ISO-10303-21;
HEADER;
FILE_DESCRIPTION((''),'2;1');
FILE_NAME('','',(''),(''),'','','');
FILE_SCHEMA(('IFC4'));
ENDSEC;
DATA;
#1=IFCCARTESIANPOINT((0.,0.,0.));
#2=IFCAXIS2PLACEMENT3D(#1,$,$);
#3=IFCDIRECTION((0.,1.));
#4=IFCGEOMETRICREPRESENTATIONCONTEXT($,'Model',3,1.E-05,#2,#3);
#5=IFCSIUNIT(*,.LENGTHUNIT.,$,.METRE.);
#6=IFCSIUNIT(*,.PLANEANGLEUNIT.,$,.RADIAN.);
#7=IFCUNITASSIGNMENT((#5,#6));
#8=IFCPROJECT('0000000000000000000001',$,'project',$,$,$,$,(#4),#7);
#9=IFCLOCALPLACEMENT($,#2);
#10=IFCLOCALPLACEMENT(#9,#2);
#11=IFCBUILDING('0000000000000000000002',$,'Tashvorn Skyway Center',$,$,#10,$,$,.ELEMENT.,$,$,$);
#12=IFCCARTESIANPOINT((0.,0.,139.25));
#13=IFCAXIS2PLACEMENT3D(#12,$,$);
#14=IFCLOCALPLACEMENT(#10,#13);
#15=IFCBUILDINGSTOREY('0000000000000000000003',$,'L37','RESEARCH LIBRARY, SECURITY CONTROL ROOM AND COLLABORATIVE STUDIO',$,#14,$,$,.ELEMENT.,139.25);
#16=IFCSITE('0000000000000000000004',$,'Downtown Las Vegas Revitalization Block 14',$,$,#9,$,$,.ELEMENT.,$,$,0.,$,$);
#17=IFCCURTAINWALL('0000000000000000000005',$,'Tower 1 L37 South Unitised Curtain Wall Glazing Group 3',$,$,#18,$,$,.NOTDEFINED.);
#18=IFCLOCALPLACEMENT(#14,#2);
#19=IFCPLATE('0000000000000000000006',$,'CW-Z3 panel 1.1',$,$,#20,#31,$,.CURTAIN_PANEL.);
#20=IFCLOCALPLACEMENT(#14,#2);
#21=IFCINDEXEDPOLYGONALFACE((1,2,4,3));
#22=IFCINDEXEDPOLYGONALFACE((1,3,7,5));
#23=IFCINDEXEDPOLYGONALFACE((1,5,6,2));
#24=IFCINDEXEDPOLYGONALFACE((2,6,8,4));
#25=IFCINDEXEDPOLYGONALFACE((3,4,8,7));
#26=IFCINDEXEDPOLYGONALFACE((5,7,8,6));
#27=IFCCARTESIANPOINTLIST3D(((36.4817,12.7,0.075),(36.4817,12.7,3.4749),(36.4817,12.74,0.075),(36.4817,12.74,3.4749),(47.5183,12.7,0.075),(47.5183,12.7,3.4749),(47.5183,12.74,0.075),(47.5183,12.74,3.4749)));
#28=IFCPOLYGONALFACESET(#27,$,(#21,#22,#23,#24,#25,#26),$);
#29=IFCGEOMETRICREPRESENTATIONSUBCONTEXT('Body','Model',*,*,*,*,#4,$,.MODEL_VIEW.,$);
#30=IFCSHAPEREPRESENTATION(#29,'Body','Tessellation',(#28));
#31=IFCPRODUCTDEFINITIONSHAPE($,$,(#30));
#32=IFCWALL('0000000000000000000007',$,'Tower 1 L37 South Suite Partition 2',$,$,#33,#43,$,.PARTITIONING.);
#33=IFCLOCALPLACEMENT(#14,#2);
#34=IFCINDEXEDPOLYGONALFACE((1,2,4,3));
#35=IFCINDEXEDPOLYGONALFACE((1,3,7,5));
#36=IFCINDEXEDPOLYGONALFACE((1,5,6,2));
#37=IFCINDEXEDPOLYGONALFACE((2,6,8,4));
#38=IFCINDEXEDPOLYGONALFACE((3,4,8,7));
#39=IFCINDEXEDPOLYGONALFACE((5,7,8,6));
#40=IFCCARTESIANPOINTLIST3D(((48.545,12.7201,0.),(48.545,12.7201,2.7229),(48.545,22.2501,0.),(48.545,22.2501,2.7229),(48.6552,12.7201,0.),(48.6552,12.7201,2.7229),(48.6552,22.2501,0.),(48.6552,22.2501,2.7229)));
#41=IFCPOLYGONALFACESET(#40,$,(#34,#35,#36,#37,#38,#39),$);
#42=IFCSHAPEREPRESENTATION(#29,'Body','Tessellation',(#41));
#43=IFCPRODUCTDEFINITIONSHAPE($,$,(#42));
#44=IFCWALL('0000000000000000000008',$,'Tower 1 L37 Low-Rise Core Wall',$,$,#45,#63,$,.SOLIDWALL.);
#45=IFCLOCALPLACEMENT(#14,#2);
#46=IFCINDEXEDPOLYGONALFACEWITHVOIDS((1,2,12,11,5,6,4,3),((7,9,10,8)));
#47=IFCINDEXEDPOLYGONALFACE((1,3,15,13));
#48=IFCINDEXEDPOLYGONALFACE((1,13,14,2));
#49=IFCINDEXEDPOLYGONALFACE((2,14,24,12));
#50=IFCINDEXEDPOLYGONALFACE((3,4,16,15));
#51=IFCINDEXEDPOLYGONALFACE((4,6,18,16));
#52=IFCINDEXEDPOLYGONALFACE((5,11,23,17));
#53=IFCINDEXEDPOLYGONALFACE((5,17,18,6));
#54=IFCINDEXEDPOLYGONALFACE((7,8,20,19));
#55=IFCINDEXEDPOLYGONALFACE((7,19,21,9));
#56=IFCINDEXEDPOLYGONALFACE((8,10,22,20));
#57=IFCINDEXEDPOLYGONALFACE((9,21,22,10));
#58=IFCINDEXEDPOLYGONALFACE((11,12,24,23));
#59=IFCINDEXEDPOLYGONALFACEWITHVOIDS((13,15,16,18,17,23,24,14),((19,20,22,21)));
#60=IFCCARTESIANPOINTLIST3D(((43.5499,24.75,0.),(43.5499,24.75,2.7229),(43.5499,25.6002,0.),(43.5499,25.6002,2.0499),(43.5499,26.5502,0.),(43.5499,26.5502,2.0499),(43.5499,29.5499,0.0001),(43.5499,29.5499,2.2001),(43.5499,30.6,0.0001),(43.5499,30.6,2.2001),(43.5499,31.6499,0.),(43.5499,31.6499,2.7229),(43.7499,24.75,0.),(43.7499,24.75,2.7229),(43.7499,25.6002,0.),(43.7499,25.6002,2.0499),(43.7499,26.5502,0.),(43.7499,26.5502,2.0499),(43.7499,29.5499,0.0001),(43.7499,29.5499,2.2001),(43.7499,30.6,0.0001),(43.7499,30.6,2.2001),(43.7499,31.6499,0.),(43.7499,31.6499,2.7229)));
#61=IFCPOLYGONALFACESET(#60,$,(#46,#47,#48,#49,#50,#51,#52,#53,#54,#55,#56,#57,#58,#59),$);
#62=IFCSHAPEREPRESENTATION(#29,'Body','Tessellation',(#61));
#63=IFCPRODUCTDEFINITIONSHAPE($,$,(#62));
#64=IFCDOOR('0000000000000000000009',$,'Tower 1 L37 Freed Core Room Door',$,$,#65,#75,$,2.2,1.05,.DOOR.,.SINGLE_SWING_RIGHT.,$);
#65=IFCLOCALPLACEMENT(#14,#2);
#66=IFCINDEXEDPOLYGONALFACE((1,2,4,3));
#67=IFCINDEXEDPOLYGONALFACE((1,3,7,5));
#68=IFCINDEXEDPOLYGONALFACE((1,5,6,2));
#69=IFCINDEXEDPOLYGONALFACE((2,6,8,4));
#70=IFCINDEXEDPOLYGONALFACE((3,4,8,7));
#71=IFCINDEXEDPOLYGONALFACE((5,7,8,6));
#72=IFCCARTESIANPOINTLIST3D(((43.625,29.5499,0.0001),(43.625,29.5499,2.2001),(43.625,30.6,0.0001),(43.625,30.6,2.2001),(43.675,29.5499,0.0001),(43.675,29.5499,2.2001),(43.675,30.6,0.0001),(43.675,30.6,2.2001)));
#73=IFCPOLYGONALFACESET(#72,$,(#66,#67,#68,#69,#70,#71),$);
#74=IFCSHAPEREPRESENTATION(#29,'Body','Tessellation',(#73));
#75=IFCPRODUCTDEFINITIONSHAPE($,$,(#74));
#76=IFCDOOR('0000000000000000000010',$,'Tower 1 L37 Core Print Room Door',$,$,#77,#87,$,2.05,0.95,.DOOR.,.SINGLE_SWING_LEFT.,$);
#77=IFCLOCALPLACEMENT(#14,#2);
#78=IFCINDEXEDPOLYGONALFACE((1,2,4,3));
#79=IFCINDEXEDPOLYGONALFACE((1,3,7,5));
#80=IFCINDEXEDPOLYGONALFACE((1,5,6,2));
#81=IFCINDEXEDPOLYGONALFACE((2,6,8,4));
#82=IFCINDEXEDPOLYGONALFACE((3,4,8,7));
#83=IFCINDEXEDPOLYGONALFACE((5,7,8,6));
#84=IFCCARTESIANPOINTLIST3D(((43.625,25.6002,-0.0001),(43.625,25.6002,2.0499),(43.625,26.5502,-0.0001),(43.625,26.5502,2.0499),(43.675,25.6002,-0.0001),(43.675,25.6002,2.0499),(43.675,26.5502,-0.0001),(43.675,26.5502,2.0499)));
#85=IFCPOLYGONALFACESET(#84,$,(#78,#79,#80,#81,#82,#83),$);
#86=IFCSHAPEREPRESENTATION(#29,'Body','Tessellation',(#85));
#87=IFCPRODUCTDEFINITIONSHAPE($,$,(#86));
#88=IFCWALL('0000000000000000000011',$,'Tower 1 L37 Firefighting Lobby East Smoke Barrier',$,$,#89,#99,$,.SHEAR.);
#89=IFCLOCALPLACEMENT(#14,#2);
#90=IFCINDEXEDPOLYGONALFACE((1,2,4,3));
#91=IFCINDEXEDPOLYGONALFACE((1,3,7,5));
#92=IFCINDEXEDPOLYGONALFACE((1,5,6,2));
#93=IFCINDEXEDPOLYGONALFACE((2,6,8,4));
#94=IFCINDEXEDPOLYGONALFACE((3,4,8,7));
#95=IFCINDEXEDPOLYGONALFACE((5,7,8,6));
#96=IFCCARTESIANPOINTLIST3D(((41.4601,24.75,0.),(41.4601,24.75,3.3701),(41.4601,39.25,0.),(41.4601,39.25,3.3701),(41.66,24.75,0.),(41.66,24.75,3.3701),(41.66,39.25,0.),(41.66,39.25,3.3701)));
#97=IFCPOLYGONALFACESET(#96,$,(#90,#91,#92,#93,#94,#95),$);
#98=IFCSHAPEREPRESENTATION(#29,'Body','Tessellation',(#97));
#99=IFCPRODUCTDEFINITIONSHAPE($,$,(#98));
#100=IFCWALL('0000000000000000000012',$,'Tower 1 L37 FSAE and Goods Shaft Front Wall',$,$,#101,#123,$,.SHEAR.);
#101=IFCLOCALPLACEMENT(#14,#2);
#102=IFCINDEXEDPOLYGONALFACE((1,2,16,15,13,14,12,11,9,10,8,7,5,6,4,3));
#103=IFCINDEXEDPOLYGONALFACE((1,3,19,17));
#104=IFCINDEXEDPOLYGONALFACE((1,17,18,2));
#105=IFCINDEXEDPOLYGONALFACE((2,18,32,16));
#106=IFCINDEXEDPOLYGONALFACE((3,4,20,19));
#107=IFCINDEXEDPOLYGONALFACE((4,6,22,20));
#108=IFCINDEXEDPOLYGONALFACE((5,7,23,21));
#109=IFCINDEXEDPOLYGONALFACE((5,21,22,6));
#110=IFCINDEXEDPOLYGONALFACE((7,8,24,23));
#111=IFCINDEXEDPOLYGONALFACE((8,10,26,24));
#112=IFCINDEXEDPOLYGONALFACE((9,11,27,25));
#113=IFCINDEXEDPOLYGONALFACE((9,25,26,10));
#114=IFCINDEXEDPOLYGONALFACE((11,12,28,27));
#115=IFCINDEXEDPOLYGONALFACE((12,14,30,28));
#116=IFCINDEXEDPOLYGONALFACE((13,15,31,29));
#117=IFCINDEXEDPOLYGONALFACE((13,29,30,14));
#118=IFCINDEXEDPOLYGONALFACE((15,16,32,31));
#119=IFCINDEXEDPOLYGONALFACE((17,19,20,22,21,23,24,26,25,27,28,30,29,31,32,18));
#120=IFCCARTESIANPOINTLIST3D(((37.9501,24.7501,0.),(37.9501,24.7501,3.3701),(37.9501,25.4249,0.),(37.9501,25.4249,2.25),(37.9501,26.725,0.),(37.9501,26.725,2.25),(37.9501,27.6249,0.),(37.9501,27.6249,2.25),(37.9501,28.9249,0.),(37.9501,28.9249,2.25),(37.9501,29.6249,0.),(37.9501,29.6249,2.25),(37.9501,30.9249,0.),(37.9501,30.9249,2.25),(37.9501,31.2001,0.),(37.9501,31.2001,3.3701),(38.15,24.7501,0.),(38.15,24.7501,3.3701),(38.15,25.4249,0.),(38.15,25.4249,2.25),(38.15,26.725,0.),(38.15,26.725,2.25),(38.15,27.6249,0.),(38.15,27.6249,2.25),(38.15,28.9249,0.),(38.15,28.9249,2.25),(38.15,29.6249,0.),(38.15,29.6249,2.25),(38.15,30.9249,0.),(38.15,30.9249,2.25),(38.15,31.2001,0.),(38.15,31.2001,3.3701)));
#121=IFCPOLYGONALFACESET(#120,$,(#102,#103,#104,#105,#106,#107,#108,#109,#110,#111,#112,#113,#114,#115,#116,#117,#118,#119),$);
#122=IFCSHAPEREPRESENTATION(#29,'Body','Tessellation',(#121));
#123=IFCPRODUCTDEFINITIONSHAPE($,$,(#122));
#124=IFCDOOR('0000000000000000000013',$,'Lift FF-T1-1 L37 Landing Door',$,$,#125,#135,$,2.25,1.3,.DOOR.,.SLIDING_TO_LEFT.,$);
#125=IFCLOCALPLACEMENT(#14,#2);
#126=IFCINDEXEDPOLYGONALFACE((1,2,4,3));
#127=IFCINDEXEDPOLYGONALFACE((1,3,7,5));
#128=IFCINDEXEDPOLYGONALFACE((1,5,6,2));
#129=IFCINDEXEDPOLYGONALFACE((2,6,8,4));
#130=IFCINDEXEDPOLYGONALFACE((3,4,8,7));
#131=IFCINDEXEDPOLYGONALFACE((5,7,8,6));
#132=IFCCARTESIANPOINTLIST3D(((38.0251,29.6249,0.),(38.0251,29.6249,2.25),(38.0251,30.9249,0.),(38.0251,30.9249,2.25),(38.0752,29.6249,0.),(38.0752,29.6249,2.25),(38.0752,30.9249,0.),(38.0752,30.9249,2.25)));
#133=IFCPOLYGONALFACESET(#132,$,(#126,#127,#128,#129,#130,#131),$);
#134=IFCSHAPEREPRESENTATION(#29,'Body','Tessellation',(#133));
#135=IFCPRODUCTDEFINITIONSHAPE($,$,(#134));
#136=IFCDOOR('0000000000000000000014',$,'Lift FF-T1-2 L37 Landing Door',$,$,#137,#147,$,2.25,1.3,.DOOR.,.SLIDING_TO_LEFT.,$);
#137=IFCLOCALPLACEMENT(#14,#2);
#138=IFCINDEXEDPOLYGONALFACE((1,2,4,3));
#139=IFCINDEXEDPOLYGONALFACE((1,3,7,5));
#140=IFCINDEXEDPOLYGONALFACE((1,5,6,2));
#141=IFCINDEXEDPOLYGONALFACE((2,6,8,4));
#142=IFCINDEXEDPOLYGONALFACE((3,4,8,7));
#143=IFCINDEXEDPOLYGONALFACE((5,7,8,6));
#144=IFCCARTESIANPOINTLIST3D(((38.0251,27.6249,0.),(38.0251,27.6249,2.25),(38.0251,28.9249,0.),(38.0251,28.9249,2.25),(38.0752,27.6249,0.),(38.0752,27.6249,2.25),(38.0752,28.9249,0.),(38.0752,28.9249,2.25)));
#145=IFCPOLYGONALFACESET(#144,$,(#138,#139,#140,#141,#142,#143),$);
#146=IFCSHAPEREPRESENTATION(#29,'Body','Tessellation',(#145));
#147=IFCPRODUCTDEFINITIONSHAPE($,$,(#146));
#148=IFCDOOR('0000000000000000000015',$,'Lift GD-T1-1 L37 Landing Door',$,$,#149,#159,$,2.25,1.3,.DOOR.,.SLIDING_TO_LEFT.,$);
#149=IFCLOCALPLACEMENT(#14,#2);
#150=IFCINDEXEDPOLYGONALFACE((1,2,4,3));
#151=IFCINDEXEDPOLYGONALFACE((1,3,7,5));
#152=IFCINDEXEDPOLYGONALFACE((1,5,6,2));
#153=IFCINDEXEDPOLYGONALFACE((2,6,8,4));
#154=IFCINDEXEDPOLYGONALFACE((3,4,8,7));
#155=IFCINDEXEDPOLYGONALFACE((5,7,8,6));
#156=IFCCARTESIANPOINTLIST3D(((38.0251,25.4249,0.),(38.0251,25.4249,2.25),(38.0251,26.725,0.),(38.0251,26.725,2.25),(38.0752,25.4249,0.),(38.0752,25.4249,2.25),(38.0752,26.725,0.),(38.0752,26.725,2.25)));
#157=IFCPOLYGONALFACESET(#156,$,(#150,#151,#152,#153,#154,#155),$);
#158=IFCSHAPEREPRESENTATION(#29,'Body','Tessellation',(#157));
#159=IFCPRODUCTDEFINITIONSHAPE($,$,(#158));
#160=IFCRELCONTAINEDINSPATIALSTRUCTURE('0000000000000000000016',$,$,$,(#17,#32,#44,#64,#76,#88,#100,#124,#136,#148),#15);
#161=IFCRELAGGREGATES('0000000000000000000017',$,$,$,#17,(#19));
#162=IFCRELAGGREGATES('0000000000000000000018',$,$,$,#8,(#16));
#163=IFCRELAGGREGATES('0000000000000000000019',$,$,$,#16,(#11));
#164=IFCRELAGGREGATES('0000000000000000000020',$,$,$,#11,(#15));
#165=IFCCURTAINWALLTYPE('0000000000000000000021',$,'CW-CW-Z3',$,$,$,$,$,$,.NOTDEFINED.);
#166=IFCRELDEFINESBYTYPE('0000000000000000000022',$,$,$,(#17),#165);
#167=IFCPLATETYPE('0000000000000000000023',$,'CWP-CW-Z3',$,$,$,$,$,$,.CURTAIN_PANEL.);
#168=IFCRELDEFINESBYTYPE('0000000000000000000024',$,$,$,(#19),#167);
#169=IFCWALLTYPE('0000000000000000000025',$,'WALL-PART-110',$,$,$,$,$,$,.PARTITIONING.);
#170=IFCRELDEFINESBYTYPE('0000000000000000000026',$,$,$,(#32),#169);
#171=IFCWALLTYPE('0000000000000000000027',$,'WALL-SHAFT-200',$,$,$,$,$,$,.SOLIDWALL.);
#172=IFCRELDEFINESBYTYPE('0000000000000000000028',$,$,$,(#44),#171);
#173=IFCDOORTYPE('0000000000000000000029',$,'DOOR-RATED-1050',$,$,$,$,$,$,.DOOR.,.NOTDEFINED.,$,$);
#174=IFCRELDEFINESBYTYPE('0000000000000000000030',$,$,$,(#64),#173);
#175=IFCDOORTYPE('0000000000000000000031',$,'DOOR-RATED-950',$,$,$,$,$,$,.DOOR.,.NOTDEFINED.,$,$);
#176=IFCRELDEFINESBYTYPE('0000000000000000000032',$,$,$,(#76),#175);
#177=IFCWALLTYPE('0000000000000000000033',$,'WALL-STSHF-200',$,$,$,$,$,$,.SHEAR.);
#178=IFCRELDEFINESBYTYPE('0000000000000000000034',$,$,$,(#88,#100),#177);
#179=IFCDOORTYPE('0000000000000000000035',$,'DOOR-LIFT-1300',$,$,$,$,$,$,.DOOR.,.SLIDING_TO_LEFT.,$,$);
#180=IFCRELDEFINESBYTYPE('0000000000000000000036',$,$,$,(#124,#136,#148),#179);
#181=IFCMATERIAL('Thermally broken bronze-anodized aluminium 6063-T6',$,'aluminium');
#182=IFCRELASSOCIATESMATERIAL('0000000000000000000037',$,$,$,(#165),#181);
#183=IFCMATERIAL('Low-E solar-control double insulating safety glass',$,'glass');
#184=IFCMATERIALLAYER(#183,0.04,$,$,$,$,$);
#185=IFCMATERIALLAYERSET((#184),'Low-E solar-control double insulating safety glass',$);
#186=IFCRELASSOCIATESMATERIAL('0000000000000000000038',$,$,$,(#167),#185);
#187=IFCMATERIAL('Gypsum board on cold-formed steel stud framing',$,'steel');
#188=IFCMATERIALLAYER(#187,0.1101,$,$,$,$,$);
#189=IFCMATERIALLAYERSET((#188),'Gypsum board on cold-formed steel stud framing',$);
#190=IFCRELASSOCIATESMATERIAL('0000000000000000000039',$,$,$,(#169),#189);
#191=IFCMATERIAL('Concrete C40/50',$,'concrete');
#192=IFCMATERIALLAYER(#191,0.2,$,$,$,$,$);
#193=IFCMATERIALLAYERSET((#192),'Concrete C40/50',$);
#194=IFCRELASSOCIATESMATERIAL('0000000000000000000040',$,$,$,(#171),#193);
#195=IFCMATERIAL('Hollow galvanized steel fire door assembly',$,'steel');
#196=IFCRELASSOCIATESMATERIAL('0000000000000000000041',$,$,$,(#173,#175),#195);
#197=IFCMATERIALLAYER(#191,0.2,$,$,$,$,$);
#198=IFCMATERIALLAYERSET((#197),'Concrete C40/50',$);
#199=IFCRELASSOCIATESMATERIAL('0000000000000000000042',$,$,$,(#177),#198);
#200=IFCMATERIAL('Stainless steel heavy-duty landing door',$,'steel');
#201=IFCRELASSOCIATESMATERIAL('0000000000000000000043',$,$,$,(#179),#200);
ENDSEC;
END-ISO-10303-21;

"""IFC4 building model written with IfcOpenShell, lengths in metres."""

from ifc_helpers import new_model, si_unit, direction, frame, frame_2d, origin, origin_2d, place, context, subcontext, project, spatial, rectangle, extrude, material, layer, layer_set, type_object, element, fill, aggregate, save


model = new_model("IFC4")

# Units and contexts
model_context = context("Model", 3, precision=1e-05, world=origin(), true_north=direction((0.0, 1.0)))
body_context = subcontext(model_context, "Body", "Model", "MODEL_VIEW")
ifc_project = project(units=[si_unit("LENGTHUNIT", "METRE"), si_unit("PLANEANGLEUNIT", "RADIAN")], contexts=[model_context])

# Site, building, storey
site_placement = place(None, origin())
site = spatial("IfcSite", under=ifc_project, at=site_placement, Name="Downtown Las Vegas Revitalization Block 14", CompositionType="ELEMENT", RefElevation=0.0)
building_placement = place(site_placement, origin())
building = spatial("IfcBuilding", under=site, at=building_placement, Name="Tashvorn Skyway Center", CompositionType="ELEMENT")
storey_placement = place(building_placement, frame((0.0, 0.0, 139.25)))
storey = spatial("IfcBuildingStorey", under=building, at=storey_placement, Name="L37", Description="RESEARCH LIBRARY, SECURITY CONTROL ROOM AND COLLABORATIVE STUDIO", CompositionType="ELEMENT", Elevation=139.25)

# Shared definitions
ifc_material_1 = material(Name="Thermally broken bronze-anodized aluminium 6063-T6", Category="aluminium")
curtain_wall_type = type_object("IfcCurtainWallType", Name="CW-CW-Z3", PredefinedType="NOTDEFINED", material=ifc_material_1)

# Curtain wall, plate
curtain_wall_1_placement = place(storey_placement, origin())
curtain_wall_1 = element("IfcCurtainWall", 1, at=curtain_wall_1_placement, inside=storey, type_object=curtain_wall_type, Name="Tower 1 L37 South Unitised Curtain Wall Glazing Group 3", PredefinedType="NOTDEFINED")
ifc_material_2 = material(Name="Low-E solar-control double insulating safety glass", Category="glass")
ifc_layer_1 = layer(ifc_material_2, 0.04)
ifc_layer_set_1 = layer_set([ifc_layer_1], Name="Low-E solar-control double insulating safety glass")
plate_type = type_object("IfcPlateType", Name="CWP-CW-Z3", PredefinedType="CURTAIN_PANEL", material=ifc_layer_set_1)
plate_placement = place(storey_placement, frame((42.0, 12.72, 0.075), z_axis=(0.0, 0.0, 1.0), x_axis=(-1.0, 0.0, 0.0)))
plate = element("IfcPlate", 2, at=plate_placement, type_object=plate_type, Name="CW-Z3 panel 1.1", PredefinedType="CURTAIN_PANEL", context=body_context, shape_type="SweptSolid", body=[
    extrude(rectangle(XDim=11.0366, YDim=0.04, at=origin_2d()), origin(), (0.0, 0.0, 1.0), 3.3999),
])
aggregate(curtain_wall_1, [plate])

# Wall
ifc_material_3 = material(Name="Gypsum board on cold-formed steel stud framing", Category="steel")
ifc_layer_2 = layer(ifc_material_3, 0.1101)
ifc_layer_set_2 = layer_set([ifc_layer_2], Name="Gypsum board on cold-formed steel stud framing")
wall_type_1 = type_object("IfcWallType", Name="WALL-PART-110", PredefinedType="PARTITIONING", material=ifc_layer_set_2)
wall_1_placement = place(storey_placement, frame((48.6001, 12.72, 0.0), z_axis=(0.0, 0.0, 1.0), x_axis=(0.0, 1.0, 0.0)))
element("IfcWall", 3, at=wall_1_placement, inside=storey, type_object=wall_type_1, Name="Tower 1 L37 South Suite Partition 2", PredefinedType="PARTITIONING", context=body_context, shape_type="SweptSolid", body=[
    extrude(rectangle(XDim=9.53, YDim=0.1101, at=frame_2d((4.7651, 0.0))), origin(), (0.0, 0.0, 1.0), 2.7229),
])

# Wall, openings, doors
ifc_material_4 = material(Name="Concrete C40/50", Category="concrete")
ifc_layer_3 = layer(ifc_material_4, 0.2)
ifc_layer_set_3 = layer_set([ifc_layer_3], Name="Concrete C40/50")
wall_type_2 = type_object("IfcWallType", Name="WALL-SHAFT-200", PredefinedType="SOLIDWALL", material=ifc_layer_set_3)
wall_2_placement = place(storey_placement, frame((43.6499, 24.75, 0.0), z_axis=(0.0, 0.0, 1.0), x_axis=(0.0, 1.0, 0.0)))
wall_2 = element("IfcWall", 4, at=wall_2_placement, inside=storey, type_object=wall_type_2, Name="Tower 1 L37 Low-Rise Core Wall", PredefinedType="SOLIDWALL", context=body_context, shape_type="SweptSolid", body=[
    extrude(rectangle(XDim=6.8999, YDim=0.2, at=frame_2d((3.45, 0.0))), origin(), (0.0, 0.0, 1.0), 2.7229),
])
opening_1_placement = place(wall_2_placement, frame((0.8501, 0.0, 0.0)))
opening_1 = element("IfcOpeningElement", 5, at=opening_1_placement, cuts=wall_2, PredefinedType="OPENING", context=body_context, shape_type="SweptSolid", body=[
    extrude(rectangle(XDim=0.95, YDim=2.05, at=frame_2d((0.4751, 1.0249))), frame((0.0, 0.1099, 0.0), z_axis=(0.0, -1.0, 0.0), x_axis=(1.0, 0.0, 0.0)), (0.0, 0.0, 1.0), 0.22),
])
opening_2_placement = place(wall_2_placement, frame((4.8, 0.0, 0.0)))
opening_2 = element("IfcOpeningElement", 6, at=opening_2_placement, cuts=wall_2, PredefinedType="OPENING", context=body_context, shape_type="SweptSolid", body=[
    extrude(rectangle(XDim=1.05, YDim=2.2, at=frame_2d((0.5249, 1.1001))), frame((0.0, 0.1099, 0.0), z_axis=(0.0, -1.0, 0.0), x_axis=(1.0, 0.0, 0.0)), (0.0, 0.0, 1.0), 0.22),
])
ifc_material_5 = material(Name="Hollow galvanized steel fire door assembly", Category="steel")
door_type_1 = type_object("IfcDoorType", Name="DOOR-RATED-1050", OperationType="NOTDEFINED", PredefinedType="DOOR", material=ifc_material_5)
door_1_placement = place(opening_2_placement, origin())
door_1 = element("IfcDoor", 7, at=door_1_placement, inside=storey, type_object=door_type_1, Name="Tower 1 L37 Freed Core Room Door", OperationType="SINGLE_SWING_RIGHT", OverallHeight=2.2, OverallWidth=1.05, PredefinedType="DOOR", context=body_context, shape_type="SweptSolid", body=[
    extrude(rectangle(XDim=1.05, YDim=2.2, at=frame_2d((0.5249, 1.1001))), frame((0.0, 0.0249, 0.0), z_axis=(0.0, -1.0, 0.0), x_axis=(1.0, 0.0, 0.0)), (0.0, 0.0, 1.0), 0.05),
])
fill(opening_2, door_1)
door_type_2 = type_object("IfcDoorType", Name="DOOR-RATED-950", OperationType="NOTDEFINED", PredefinedType="DOOR", material=ifc_material_5)
door_2_placement = place(opening_1_placement, origin())
door_2 = element("IfcDoor", 8, at=door_2_placement, inside=storey, type_object=door_type_2, Name="Tower 1 L37 Core Print Room Door", OperationType="SINGLE_SWING_LEFT", OverallHeight=2.05, OverallWidth=0.95, PredefinedType="DOOR", context=body_context, shape_type="SweptSolid", body=[
    extrude(rectangle(XDim=0.95, YDim=2.05, at=frame_2d((0.4751, 1.0249))), frame((0.0, 0.0249, 0.0), z_axis=(0.0, -1.0, 0.0), x_axis=(1.0, 0.0, 0.0)), (0.0, 0.0, 1.0), 0.05),
])
fill(opening_1, door_2)

# Wall
ifc_layer_4 = layer(ifc_material_4, 0.2)
ifc_layer_set_4 = layer_set([ifc_layer_4], Name="Concrete C40/50")
wall_type_3 = type_object("IfcWallType", Name="WALL-STSHF-200", PredefinedType="SHEAR", material=ifc_layer_set_4)
wall_3_placement = place(storey_placement, frame((41.5601, 24.75, 0.0), z_axis=(0.0, 0.0, 1.0), x_axis=(0.0, 1.0, 0.0)))
element("IfcWall", 9, at=wall_3_placement, inside=storey, type_object=wall_type_3, Name="Tower 1 L37 Firefighting Lobby East Smoke Barrier", PredefinedType="SHEAR", context=body_context, shape_type="SweptSolid", body=[
    extrude(rectangle(XDim=14.5, YDim=0.2, at=frame_2d((7.25, 0.0))), origin(), (0.0, 0.0, 1.0), 3.3701),
])

# Wall, openings, doors
wall_4_placement = place(storey_placement, frame((38.05, 24.75, 0.0), z_axis=(0.0, 0.0, 1.0), x_axis=(0.0, 1.0, 0.0)))
wall_4 = element("IfcWall", 10, at=wall_4_placement, inside=storey, type_object=wall_type_3, Name="Tower 1 L37 FSAE and Goods Shaft Front Wall", PredefinedType="SHEAR", context=body_context, shape_type="SweptSolid", body=[
    extrude(rectangle(XDim=6.45, YDim=0.2, at=frame_2d((3.2251, 0.0))), origin(), (0.0, 0.0, 1.0), 3.3701),
])
opening_3_placement = place(wall_4_placement, frame((4.875, 0.0, 0.0)))
opening_3 = element("IfcOpeningElement", 11, at=opening_3_placement, cuts=wall_4, PredefinedType="OPENING", context=body_context, shape_type="SweptSolid", body=[
    extrude(rectangle(XDim=1.3, YDim=2.25, at=frame_2d((0.6499, 1.125))), frame((0.0, 0.1099, 0.0), z_axis=(0.0, -1.0, 0.0), x_axis=(1.0, 0.0, 0.0)), (0.0, 0.0, 1.0), 0.22),
])
opening_4_placement = place(wall_4_placement, frame((2.875, 0.0, 0.0)))
opening_4 = element("IfcOpeningElement", 12, at=opening_4_placement, cuts=wall_4, PredefinedType="OPENING", context=body_context, shape_type="SweptSolid", body=[
    extrude(rectangle(XDim=1.3, YDim=2.25, at=frame_2d((0.6499, 1.125))), frame((0.0, 0.1099, 0.0), z_axis=(0.0, -1.0, 0.0), x_axis=(1.0, 0.0, 0.0)), (0.0, 0.0, 1.0), 0.22),
])
opening_5_placement = place(wall_4_placement, frame((0.675, 0.0, 0.0)))
opening_5 = element("IfcOpeningElement", 13, at=opening_5_placement, cuts=wall_4, PredefinedType="OPENING", context=body_context, shape_type="SweptSolid", body=[
    extrude(rectangle(XDim=1.3, YDim=2.25, at=frame_2d((0.6499, 1.125))), frame((0.0, 0.1099, 0.0), z_axis=(0.0, -1.0, 0.0), x_axis=(1.0, 0.0, 0.0)), (0.0, 0.0, 1.0), 0.22),
])
ifc_material_6 = material(Name="Stainless steel heavy-duty landing door", Category="steel")
door_type_3 = type_object("IfcDoorType", Name="DOOR-LIFT-1300", OperationType="SLIDING_TO_LEFT", PredefinedType="DOOR", material=ifc_material_6)
door_3_placement = place(opening_3_placement, origin())
door_3 = element("IfcDoor", 14, at=door_3_placement, inside=storey, type_object=door_type_3, Name="Lift FF-T1-1 L37 Landing Door", OperationType="SLIDING_TO_LEFT", OverallHeight=2.25, OverallWidth=1.3, PredefinedType="DOOR", context=body_context, shape_type="SweptSolid", body=[
    extrude(rectangle(XDim=1.3, YDim=2.25, at=frame_2d((0.6499, 1.125))), frame((0.0, 0.0249, 0.0), z_axis=(0.0, -1.0, 0.0), x_axis=(1.0, 0.0, 0.0)), (0.0, 0.0, 1.0), 0.05),
])
fill(opening_3, door_3)
door_4_placement = place(opening_4_placement, origin())
door_4 = element("IfcDoor", 15, at=door_4_placement, inside=storey, type_object=door_type_3, Name="Lift FF-T1-2 L37 Landing Door", OperationType="SLIDING_TO_LEFT", OverallHeight=2.25, OverallWidth=1.3, PredefinedType="DOOR", context=body_context, shape_type="SweptSolid", body=[
    extrude(rectangle(XDim=1.3, YDim=2.25, at=frame_2d((0.6499, 1.125))), frame((0.0, 0.0249, 0.0), z_axis=(0.0, -1.0, 0.0), x_axis=(1.0, 0.0, 0.0)), (0.0, 0.0, 1.0), 0.05),
])
fill(opening_4, door_4)
door_5_placement = place(opening_5_placement, origin())
door_5 = element("IfcDoor", 16, at=door_5_placement, inside=storey, type_object=door_type_3, Name="Lift GD-T1-1 L37 Landing Door", OperationType="SLIDING_TO_LEFT", OverallHeight=2.25, OverallWidth=1.3, PredefinedType="DOOR", context=body_context, shape_type="SweptSolid", body=[
    extrude(rectangle(XDim=1.3, YDim=2.25, at=frame_2d((0.6499, 1.125))), frame((0.0, 0.0249, 0.0), z_axis=(0.0, -1.0, 0.0), x_axis=(1.0, 0.0, 0.0)), (0.0, 0.0, 1.0), 0.05),
])
fill(opening_5, door_5)

save(model, "model.ifc")
